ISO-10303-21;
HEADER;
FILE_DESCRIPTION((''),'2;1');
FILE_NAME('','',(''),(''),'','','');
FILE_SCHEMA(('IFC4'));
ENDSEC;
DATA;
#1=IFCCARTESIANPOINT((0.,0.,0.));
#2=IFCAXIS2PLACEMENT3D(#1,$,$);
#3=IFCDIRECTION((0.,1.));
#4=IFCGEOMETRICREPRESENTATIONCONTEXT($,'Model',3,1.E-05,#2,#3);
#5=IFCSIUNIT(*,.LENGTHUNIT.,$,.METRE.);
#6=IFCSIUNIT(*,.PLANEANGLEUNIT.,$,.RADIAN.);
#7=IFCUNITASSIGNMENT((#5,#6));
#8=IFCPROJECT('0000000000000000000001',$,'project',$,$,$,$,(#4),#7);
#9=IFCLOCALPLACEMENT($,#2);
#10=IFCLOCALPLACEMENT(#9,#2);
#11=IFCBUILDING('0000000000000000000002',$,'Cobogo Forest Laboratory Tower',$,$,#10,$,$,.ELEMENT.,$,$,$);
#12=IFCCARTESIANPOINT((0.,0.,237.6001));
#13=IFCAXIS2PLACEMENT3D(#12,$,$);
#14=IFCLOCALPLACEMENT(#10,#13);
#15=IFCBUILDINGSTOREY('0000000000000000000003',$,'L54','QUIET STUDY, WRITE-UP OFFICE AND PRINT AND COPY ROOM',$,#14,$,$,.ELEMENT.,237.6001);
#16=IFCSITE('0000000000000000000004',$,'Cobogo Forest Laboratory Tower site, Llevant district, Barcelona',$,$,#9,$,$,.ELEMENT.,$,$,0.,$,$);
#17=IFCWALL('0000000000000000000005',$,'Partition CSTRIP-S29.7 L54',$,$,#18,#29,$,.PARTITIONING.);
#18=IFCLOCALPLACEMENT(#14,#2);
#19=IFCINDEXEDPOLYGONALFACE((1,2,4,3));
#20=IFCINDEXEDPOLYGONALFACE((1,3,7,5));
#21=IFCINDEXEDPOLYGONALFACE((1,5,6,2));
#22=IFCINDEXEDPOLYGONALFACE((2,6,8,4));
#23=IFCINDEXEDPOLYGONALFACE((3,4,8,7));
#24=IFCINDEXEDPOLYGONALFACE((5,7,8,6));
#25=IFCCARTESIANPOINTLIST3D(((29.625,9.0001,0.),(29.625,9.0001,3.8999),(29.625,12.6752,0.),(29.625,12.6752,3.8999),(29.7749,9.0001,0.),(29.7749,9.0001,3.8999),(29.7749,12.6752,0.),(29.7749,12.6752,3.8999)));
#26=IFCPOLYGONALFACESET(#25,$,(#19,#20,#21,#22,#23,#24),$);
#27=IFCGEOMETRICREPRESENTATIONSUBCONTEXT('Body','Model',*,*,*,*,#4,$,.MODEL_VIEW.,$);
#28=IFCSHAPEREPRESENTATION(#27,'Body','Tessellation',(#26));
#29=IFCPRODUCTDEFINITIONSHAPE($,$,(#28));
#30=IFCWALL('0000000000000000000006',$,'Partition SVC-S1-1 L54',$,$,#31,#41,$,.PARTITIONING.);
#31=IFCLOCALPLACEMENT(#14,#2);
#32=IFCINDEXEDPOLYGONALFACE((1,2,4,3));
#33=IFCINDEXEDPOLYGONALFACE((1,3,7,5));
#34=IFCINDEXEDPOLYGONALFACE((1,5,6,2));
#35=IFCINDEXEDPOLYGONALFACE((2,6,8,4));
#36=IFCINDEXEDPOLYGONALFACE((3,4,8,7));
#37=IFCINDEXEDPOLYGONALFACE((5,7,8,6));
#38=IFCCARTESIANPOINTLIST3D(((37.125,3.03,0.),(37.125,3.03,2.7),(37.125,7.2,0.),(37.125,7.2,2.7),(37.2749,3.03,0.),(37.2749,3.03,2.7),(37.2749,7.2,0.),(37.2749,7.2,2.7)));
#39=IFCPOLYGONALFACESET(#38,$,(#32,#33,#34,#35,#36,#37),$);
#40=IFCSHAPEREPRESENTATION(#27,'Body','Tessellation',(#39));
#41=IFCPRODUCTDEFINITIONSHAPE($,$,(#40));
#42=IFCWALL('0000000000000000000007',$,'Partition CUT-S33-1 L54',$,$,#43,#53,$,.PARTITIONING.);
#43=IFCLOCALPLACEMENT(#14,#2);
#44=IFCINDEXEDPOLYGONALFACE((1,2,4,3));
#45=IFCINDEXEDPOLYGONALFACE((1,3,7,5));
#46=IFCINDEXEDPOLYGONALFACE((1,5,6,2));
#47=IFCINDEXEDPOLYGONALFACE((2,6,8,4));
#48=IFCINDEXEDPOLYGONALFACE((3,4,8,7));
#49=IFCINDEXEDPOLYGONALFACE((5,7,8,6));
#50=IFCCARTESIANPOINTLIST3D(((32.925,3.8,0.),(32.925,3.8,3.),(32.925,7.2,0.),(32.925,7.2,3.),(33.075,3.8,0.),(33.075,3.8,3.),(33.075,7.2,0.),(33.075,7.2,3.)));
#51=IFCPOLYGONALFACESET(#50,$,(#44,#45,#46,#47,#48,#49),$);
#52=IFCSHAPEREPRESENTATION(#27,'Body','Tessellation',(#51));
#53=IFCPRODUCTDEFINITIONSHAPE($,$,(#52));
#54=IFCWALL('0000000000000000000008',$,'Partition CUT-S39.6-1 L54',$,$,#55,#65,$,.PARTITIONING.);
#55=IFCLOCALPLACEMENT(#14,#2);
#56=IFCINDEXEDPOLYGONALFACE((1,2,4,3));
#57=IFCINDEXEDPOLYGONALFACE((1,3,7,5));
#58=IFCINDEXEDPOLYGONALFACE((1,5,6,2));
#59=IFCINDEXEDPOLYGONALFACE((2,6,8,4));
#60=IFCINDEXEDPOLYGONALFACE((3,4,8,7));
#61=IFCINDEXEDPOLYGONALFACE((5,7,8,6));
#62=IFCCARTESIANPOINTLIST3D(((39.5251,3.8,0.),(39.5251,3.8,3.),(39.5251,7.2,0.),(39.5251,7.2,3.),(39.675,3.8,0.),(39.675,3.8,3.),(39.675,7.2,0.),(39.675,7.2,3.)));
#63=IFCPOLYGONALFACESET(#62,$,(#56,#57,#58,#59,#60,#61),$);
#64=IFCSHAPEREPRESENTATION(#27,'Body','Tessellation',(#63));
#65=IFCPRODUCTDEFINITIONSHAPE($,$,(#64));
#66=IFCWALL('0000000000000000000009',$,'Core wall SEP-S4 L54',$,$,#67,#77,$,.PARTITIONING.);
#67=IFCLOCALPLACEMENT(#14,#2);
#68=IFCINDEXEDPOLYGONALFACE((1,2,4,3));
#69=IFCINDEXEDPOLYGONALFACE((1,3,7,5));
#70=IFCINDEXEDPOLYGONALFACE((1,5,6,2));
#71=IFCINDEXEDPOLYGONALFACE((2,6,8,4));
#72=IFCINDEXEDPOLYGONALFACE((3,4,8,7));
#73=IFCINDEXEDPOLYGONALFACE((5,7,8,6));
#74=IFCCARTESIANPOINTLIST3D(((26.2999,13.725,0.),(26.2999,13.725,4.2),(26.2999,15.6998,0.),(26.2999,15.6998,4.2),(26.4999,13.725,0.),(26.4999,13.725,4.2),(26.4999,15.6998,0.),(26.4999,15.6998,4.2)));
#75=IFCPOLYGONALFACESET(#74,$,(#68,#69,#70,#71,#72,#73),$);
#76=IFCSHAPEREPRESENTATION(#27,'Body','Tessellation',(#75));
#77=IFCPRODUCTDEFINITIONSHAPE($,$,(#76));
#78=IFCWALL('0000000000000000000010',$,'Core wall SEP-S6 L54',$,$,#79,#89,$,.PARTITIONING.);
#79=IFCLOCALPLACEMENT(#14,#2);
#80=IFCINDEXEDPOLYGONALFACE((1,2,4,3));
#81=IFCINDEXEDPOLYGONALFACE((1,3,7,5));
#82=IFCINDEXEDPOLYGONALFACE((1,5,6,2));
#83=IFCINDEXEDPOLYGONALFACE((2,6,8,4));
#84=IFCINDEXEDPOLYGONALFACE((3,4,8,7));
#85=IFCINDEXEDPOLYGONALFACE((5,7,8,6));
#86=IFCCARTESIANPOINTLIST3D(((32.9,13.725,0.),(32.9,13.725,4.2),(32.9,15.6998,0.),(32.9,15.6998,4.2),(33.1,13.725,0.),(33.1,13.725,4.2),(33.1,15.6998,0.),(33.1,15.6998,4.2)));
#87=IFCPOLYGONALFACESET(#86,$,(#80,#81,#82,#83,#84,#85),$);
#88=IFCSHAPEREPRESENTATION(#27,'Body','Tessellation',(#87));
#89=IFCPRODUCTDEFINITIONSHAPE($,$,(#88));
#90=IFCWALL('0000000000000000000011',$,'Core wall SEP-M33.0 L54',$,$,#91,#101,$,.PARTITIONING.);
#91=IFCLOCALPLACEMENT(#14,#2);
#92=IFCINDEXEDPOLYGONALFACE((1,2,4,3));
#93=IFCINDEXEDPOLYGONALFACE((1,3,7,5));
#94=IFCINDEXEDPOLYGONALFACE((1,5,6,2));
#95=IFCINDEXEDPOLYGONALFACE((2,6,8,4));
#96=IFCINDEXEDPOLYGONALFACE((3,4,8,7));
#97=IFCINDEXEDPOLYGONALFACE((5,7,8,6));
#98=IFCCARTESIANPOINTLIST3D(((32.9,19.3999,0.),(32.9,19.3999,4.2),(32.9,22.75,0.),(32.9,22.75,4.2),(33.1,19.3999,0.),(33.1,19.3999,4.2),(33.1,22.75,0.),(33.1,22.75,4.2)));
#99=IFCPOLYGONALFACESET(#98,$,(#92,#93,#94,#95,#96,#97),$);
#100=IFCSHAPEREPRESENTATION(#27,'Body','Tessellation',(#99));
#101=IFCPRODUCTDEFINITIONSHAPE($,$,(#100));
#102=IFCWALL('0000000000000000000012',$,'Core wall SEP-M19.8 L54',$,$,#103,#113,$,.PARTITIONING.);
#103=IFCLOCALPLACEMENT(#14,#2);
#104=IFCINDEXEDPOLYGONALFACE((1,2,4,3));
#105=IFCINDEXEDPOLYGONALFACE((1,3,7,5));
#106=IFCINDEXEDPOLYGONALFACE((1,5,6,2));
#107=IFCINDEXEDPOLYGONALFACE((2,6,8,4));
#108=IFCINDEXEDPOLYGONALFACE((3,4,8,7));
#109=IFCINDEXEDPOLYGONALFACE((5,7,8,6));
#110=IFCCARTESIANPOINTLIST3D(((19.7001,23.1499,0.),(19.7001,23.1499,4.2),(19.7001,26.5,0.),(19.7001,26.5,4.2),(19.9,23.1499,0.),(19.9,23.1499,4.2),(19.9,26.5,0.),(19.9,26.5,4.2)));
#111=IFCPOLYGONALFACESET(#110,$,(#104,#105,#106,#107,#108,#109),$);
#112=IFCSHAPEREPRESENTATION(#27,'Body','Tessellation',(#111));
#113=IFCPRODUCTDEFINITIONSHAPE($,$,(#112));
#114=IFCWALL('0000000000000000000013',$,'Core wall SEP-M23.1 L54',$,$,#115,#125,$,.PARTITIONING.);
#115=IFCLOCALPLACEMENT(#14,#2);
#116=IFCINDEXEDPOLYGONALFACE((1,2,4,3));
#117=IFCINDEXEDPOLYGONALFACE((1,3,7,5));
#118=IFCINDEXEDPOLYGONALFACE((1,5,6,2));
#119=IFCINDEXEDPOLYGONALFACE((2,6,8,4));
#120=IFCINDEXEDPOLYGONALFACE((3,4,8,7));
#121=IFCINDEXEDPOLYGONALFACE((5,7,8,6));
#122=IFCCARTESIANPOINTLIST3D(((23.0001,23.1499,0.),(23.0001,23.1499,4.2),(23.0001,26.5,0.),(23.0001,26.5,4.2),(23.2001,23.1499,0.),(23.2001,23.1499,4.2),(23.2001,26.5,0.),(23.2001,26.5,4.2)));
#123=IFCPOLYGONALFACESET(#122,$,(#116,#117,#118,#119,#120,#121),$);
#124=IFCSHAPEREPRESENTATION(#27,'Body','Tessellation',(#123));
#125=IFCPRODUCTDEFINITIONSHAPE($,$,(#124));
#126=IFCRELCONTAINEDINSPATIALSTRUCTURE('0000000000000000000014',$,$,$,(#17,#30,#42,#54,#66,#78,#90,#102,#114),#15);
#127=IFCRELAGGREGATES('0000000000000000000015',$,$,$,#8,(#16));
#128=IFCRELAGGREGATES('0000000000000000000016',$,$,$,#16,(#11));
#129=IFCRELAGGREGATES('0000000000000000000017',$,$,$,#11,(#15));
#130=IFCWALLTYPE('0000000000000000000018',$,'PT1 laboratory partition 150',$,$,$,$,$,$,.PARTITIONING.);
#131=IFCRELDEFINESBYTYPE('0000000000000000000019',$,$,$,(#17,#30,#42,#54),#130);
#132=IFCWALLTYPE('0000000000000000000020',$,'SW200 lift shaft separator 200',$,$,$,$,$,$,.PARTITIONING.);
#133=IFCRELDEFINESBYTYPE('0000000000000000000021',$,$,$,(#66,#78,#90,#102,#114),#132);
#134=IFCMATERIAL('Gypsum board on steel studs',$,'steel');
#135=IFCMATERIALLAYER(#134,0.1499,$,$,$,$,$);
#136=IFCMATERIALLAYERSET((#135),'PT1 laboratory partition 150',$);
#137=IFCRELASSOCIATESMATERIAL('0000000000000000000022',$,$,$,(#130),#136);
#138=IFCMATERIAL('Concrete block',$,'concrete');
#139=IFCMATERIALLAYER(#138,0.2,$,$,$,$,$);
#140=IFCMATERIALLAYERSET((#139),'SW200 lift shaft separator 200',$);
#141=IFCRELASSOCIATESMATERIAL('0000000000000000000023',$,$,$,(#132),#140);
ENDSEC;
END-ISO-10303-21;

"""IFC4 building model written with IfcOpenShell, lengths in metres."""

from ifc_helpers import new_model, si_unit, direction, frame, frame_2d, origin, place, context, subcontext, project, spatial, rectangle, extrude, material, layer, layer_set, type_object, element, save


model = new_model("IFC4")

# Units and contexts
model_context = context("Model", 3, precision=1e-05, world=origin(), true_north=direction((0.0, 1.0)))
body_context = subcontext(model_context, "Body", "Model", "MODEL_VIEW")
ifc_project = project(units=[si_unit("LENGTHUNIT", "METRE"), si_unit("PLANEANGLEUNIT", "RADIAN")], contexts=[model_context])

# Site, building, storey
site_placement = place(None, origin())
site = spatial("IfcSite", under=ifc_project, at=site_placement, Name="Cobogo Forest Laboratory Tower site, Llevant district, Barcelona", CompositionType="ELEMENT", RefElevation=0.0)
building_placement = place(site_placement, origin())
building = spatial("IfcBuilding", under=site, at=building_placement, Name="Cobogo Forest Laboratory Tower", CompositionType="ELEMENT")
storey_placement = place(building_placement, frame((0.0, 0.0, 237.6001)))
storey = spatial("IfcBuildingStorey", under=building, at=storey_placement, Name="L54", Description="QUIET STUDY, WRITE-UP OFFICE AND PRINT AND COPY ROOM", CompositionType="ELEMENT", Elevation=237.6001)

# Walls
ifc_material_1 = material(Name="Gypsum board on steel studs", Category="steel")
ifc_layer_1 = layer(ifc_material_1, 0.1499)
ifc_layer_set_1 = layer_set([ifc_layer_1], Name="PT1 laboratory partition 150")
wall_type_1 = type_object("IfcWallType", Name="PT1 laboratory partition 150", PredefinedType="PARTITIONING", material=ifc_layer_set_1)
wall_1_placement = place(storey_placement, frame((29.7, 12.675, 0.0), z_axis=(0.0, 0.0, 1.0), x_axis=(0.0, -1.0, 0.0)))
element("IfcWall", 1, at=wall_1_placement, inside=storey, type_object=wall_type_1, Name="Partition CSTRIP-S29.7 L54", PredefinedType="PARTITIONING", context=body_context, shape_type="SweptSolid", body=[
    extrude(rectangle(XDim=3.675, YDim=0.1499, at=frame_2d((1.8374, 0.0))), origin(), (0.0, 0.0, 1.0), 3.8999),
])
wall_2_placement = place(storey_placement, frame((37.2, 3.03, 0.0), z_axis=(0.0, 0.0, 1.0), x_axis=(0.0, 1.0, 0.0)))
element("IfcWall", 2, at=wall_2_placement, inside=storey, type_object=wall_type_1, Name="Partition SVC-S1-1 L54", PredefinedType="PARTITIONING", context=body_context, shape_type="SweptSolid", body=[
    extrude(rectangle(XDim=4.1699, YDim=0.1499, at=frame_2d((2.085, 0.0))), origin(), (0.0, 0.0, 1.0), 2.7),
])
for number, where, z_axis, x_axis, name in (
    (3, (33.0, 3.8, 0.0), (0.0, 0.0, 1.0), (0.0, 1.0, 0.0), "Partition CUT-S33-1 L54"),
    (4, (39.6001, 3.8, 0.0), (0.0, 0.0, 1.0), (0.0, 1.0, 0.0), "Partition CUT-S39.6-1 L54"),
):
    element("IfcWall", number, at=place(storey_placement, frame(where, z_axis=z_axis, x_axis=x_axis)), inside=storey, type_object=wall_type_1, Name=name, PredefinedType="PARTITIONING", context=body_context, shape_type="SweptSolid", body=[
        extrude(rectangle(XDim=3.3999, YDim=0.1499, at=frame_2d((1.7, 0.0))), origin(), (0.0, 0.0, 1.0), 3.0),
    ])
ifc_material_2 = material(Name="Concrete block", Category="concrete")
ifc_layer_2 = layer(ifc_material_2, 0.2)
ifc_layer_set_2 = layer_set([ifc_layer_2], Name="SW200 lift shaft separator 200")
wall_type_2 = type_object("IfcWallType", Name="SW200 lift shaft separator 200", PredefinedType="PARTITIONING", material=ifc_layer_set_2)
for number, where, z_axis, x_axis, name in (
    (5, (26.3999, 13.7251, 0.0), (0.0, 0.0, 1.0), (0.0, 1.0, 0.0), "Core wall SEP-S4 L54"),
    (6, (33.0, 13.7251, 0.0), (0.0, 0.0, 1.0), (0.0, 1.0, 0.0), "Core wall SEP-S6 L54"),
):
    element("IfcWall", number, at=place(storey_placement, frame(where, z_axis=z_axis, x_axis=x_axis)), inside=storey, type_object=wall_type_2, Name=name, PredefinedType="PARTITIONING", context=body_context, shape_type="SweptSolid", body=[
        extrude(rectangle(XDim=1.9749, YDim=0.2, at=frame_2d((0.9873, 0.0))), origin(), (0.0, 0.0, 1.0), 4.2),
    ])
for number, where, z_axis, x_axis, name in (
    (7, (33.0, 19.3999, 0.0), (0.0, 0.0, 1.0), (0.0, 1.0, 0.0), "Core wall SEP-M33.0 L54"),
    (8, (19.8, 23.1499, 0.0), (0.0, 0.0, 1.0), (0.0, 1.0, 0.0), "Core wall SEP-M19.8 L54"),
    (9, (23.1001, 23.1499, 0.0), (0.0, 0.0, 1.0), (0.0, 1.0, 0.0), "Core wall SEP-M23.1 L54"),
):
    element("IfcWall", number, at=place(storey_placement, frame(where, z_axis=z_axis, x_axis=x_axis)), inside=storey, type_object=wall_type_2, Name=name, PredefinedType="PARTITIONING", context=body_context, shape_type="SweptSolid", body=[
        extrude(rectangle(XDim=3.3501, YDim=0.2, at=frame_2d((1.675, 0.0))), origin(), (0.0, 0.0, 1.0), 4.2),
    ])

save(model, "model.ifc")
